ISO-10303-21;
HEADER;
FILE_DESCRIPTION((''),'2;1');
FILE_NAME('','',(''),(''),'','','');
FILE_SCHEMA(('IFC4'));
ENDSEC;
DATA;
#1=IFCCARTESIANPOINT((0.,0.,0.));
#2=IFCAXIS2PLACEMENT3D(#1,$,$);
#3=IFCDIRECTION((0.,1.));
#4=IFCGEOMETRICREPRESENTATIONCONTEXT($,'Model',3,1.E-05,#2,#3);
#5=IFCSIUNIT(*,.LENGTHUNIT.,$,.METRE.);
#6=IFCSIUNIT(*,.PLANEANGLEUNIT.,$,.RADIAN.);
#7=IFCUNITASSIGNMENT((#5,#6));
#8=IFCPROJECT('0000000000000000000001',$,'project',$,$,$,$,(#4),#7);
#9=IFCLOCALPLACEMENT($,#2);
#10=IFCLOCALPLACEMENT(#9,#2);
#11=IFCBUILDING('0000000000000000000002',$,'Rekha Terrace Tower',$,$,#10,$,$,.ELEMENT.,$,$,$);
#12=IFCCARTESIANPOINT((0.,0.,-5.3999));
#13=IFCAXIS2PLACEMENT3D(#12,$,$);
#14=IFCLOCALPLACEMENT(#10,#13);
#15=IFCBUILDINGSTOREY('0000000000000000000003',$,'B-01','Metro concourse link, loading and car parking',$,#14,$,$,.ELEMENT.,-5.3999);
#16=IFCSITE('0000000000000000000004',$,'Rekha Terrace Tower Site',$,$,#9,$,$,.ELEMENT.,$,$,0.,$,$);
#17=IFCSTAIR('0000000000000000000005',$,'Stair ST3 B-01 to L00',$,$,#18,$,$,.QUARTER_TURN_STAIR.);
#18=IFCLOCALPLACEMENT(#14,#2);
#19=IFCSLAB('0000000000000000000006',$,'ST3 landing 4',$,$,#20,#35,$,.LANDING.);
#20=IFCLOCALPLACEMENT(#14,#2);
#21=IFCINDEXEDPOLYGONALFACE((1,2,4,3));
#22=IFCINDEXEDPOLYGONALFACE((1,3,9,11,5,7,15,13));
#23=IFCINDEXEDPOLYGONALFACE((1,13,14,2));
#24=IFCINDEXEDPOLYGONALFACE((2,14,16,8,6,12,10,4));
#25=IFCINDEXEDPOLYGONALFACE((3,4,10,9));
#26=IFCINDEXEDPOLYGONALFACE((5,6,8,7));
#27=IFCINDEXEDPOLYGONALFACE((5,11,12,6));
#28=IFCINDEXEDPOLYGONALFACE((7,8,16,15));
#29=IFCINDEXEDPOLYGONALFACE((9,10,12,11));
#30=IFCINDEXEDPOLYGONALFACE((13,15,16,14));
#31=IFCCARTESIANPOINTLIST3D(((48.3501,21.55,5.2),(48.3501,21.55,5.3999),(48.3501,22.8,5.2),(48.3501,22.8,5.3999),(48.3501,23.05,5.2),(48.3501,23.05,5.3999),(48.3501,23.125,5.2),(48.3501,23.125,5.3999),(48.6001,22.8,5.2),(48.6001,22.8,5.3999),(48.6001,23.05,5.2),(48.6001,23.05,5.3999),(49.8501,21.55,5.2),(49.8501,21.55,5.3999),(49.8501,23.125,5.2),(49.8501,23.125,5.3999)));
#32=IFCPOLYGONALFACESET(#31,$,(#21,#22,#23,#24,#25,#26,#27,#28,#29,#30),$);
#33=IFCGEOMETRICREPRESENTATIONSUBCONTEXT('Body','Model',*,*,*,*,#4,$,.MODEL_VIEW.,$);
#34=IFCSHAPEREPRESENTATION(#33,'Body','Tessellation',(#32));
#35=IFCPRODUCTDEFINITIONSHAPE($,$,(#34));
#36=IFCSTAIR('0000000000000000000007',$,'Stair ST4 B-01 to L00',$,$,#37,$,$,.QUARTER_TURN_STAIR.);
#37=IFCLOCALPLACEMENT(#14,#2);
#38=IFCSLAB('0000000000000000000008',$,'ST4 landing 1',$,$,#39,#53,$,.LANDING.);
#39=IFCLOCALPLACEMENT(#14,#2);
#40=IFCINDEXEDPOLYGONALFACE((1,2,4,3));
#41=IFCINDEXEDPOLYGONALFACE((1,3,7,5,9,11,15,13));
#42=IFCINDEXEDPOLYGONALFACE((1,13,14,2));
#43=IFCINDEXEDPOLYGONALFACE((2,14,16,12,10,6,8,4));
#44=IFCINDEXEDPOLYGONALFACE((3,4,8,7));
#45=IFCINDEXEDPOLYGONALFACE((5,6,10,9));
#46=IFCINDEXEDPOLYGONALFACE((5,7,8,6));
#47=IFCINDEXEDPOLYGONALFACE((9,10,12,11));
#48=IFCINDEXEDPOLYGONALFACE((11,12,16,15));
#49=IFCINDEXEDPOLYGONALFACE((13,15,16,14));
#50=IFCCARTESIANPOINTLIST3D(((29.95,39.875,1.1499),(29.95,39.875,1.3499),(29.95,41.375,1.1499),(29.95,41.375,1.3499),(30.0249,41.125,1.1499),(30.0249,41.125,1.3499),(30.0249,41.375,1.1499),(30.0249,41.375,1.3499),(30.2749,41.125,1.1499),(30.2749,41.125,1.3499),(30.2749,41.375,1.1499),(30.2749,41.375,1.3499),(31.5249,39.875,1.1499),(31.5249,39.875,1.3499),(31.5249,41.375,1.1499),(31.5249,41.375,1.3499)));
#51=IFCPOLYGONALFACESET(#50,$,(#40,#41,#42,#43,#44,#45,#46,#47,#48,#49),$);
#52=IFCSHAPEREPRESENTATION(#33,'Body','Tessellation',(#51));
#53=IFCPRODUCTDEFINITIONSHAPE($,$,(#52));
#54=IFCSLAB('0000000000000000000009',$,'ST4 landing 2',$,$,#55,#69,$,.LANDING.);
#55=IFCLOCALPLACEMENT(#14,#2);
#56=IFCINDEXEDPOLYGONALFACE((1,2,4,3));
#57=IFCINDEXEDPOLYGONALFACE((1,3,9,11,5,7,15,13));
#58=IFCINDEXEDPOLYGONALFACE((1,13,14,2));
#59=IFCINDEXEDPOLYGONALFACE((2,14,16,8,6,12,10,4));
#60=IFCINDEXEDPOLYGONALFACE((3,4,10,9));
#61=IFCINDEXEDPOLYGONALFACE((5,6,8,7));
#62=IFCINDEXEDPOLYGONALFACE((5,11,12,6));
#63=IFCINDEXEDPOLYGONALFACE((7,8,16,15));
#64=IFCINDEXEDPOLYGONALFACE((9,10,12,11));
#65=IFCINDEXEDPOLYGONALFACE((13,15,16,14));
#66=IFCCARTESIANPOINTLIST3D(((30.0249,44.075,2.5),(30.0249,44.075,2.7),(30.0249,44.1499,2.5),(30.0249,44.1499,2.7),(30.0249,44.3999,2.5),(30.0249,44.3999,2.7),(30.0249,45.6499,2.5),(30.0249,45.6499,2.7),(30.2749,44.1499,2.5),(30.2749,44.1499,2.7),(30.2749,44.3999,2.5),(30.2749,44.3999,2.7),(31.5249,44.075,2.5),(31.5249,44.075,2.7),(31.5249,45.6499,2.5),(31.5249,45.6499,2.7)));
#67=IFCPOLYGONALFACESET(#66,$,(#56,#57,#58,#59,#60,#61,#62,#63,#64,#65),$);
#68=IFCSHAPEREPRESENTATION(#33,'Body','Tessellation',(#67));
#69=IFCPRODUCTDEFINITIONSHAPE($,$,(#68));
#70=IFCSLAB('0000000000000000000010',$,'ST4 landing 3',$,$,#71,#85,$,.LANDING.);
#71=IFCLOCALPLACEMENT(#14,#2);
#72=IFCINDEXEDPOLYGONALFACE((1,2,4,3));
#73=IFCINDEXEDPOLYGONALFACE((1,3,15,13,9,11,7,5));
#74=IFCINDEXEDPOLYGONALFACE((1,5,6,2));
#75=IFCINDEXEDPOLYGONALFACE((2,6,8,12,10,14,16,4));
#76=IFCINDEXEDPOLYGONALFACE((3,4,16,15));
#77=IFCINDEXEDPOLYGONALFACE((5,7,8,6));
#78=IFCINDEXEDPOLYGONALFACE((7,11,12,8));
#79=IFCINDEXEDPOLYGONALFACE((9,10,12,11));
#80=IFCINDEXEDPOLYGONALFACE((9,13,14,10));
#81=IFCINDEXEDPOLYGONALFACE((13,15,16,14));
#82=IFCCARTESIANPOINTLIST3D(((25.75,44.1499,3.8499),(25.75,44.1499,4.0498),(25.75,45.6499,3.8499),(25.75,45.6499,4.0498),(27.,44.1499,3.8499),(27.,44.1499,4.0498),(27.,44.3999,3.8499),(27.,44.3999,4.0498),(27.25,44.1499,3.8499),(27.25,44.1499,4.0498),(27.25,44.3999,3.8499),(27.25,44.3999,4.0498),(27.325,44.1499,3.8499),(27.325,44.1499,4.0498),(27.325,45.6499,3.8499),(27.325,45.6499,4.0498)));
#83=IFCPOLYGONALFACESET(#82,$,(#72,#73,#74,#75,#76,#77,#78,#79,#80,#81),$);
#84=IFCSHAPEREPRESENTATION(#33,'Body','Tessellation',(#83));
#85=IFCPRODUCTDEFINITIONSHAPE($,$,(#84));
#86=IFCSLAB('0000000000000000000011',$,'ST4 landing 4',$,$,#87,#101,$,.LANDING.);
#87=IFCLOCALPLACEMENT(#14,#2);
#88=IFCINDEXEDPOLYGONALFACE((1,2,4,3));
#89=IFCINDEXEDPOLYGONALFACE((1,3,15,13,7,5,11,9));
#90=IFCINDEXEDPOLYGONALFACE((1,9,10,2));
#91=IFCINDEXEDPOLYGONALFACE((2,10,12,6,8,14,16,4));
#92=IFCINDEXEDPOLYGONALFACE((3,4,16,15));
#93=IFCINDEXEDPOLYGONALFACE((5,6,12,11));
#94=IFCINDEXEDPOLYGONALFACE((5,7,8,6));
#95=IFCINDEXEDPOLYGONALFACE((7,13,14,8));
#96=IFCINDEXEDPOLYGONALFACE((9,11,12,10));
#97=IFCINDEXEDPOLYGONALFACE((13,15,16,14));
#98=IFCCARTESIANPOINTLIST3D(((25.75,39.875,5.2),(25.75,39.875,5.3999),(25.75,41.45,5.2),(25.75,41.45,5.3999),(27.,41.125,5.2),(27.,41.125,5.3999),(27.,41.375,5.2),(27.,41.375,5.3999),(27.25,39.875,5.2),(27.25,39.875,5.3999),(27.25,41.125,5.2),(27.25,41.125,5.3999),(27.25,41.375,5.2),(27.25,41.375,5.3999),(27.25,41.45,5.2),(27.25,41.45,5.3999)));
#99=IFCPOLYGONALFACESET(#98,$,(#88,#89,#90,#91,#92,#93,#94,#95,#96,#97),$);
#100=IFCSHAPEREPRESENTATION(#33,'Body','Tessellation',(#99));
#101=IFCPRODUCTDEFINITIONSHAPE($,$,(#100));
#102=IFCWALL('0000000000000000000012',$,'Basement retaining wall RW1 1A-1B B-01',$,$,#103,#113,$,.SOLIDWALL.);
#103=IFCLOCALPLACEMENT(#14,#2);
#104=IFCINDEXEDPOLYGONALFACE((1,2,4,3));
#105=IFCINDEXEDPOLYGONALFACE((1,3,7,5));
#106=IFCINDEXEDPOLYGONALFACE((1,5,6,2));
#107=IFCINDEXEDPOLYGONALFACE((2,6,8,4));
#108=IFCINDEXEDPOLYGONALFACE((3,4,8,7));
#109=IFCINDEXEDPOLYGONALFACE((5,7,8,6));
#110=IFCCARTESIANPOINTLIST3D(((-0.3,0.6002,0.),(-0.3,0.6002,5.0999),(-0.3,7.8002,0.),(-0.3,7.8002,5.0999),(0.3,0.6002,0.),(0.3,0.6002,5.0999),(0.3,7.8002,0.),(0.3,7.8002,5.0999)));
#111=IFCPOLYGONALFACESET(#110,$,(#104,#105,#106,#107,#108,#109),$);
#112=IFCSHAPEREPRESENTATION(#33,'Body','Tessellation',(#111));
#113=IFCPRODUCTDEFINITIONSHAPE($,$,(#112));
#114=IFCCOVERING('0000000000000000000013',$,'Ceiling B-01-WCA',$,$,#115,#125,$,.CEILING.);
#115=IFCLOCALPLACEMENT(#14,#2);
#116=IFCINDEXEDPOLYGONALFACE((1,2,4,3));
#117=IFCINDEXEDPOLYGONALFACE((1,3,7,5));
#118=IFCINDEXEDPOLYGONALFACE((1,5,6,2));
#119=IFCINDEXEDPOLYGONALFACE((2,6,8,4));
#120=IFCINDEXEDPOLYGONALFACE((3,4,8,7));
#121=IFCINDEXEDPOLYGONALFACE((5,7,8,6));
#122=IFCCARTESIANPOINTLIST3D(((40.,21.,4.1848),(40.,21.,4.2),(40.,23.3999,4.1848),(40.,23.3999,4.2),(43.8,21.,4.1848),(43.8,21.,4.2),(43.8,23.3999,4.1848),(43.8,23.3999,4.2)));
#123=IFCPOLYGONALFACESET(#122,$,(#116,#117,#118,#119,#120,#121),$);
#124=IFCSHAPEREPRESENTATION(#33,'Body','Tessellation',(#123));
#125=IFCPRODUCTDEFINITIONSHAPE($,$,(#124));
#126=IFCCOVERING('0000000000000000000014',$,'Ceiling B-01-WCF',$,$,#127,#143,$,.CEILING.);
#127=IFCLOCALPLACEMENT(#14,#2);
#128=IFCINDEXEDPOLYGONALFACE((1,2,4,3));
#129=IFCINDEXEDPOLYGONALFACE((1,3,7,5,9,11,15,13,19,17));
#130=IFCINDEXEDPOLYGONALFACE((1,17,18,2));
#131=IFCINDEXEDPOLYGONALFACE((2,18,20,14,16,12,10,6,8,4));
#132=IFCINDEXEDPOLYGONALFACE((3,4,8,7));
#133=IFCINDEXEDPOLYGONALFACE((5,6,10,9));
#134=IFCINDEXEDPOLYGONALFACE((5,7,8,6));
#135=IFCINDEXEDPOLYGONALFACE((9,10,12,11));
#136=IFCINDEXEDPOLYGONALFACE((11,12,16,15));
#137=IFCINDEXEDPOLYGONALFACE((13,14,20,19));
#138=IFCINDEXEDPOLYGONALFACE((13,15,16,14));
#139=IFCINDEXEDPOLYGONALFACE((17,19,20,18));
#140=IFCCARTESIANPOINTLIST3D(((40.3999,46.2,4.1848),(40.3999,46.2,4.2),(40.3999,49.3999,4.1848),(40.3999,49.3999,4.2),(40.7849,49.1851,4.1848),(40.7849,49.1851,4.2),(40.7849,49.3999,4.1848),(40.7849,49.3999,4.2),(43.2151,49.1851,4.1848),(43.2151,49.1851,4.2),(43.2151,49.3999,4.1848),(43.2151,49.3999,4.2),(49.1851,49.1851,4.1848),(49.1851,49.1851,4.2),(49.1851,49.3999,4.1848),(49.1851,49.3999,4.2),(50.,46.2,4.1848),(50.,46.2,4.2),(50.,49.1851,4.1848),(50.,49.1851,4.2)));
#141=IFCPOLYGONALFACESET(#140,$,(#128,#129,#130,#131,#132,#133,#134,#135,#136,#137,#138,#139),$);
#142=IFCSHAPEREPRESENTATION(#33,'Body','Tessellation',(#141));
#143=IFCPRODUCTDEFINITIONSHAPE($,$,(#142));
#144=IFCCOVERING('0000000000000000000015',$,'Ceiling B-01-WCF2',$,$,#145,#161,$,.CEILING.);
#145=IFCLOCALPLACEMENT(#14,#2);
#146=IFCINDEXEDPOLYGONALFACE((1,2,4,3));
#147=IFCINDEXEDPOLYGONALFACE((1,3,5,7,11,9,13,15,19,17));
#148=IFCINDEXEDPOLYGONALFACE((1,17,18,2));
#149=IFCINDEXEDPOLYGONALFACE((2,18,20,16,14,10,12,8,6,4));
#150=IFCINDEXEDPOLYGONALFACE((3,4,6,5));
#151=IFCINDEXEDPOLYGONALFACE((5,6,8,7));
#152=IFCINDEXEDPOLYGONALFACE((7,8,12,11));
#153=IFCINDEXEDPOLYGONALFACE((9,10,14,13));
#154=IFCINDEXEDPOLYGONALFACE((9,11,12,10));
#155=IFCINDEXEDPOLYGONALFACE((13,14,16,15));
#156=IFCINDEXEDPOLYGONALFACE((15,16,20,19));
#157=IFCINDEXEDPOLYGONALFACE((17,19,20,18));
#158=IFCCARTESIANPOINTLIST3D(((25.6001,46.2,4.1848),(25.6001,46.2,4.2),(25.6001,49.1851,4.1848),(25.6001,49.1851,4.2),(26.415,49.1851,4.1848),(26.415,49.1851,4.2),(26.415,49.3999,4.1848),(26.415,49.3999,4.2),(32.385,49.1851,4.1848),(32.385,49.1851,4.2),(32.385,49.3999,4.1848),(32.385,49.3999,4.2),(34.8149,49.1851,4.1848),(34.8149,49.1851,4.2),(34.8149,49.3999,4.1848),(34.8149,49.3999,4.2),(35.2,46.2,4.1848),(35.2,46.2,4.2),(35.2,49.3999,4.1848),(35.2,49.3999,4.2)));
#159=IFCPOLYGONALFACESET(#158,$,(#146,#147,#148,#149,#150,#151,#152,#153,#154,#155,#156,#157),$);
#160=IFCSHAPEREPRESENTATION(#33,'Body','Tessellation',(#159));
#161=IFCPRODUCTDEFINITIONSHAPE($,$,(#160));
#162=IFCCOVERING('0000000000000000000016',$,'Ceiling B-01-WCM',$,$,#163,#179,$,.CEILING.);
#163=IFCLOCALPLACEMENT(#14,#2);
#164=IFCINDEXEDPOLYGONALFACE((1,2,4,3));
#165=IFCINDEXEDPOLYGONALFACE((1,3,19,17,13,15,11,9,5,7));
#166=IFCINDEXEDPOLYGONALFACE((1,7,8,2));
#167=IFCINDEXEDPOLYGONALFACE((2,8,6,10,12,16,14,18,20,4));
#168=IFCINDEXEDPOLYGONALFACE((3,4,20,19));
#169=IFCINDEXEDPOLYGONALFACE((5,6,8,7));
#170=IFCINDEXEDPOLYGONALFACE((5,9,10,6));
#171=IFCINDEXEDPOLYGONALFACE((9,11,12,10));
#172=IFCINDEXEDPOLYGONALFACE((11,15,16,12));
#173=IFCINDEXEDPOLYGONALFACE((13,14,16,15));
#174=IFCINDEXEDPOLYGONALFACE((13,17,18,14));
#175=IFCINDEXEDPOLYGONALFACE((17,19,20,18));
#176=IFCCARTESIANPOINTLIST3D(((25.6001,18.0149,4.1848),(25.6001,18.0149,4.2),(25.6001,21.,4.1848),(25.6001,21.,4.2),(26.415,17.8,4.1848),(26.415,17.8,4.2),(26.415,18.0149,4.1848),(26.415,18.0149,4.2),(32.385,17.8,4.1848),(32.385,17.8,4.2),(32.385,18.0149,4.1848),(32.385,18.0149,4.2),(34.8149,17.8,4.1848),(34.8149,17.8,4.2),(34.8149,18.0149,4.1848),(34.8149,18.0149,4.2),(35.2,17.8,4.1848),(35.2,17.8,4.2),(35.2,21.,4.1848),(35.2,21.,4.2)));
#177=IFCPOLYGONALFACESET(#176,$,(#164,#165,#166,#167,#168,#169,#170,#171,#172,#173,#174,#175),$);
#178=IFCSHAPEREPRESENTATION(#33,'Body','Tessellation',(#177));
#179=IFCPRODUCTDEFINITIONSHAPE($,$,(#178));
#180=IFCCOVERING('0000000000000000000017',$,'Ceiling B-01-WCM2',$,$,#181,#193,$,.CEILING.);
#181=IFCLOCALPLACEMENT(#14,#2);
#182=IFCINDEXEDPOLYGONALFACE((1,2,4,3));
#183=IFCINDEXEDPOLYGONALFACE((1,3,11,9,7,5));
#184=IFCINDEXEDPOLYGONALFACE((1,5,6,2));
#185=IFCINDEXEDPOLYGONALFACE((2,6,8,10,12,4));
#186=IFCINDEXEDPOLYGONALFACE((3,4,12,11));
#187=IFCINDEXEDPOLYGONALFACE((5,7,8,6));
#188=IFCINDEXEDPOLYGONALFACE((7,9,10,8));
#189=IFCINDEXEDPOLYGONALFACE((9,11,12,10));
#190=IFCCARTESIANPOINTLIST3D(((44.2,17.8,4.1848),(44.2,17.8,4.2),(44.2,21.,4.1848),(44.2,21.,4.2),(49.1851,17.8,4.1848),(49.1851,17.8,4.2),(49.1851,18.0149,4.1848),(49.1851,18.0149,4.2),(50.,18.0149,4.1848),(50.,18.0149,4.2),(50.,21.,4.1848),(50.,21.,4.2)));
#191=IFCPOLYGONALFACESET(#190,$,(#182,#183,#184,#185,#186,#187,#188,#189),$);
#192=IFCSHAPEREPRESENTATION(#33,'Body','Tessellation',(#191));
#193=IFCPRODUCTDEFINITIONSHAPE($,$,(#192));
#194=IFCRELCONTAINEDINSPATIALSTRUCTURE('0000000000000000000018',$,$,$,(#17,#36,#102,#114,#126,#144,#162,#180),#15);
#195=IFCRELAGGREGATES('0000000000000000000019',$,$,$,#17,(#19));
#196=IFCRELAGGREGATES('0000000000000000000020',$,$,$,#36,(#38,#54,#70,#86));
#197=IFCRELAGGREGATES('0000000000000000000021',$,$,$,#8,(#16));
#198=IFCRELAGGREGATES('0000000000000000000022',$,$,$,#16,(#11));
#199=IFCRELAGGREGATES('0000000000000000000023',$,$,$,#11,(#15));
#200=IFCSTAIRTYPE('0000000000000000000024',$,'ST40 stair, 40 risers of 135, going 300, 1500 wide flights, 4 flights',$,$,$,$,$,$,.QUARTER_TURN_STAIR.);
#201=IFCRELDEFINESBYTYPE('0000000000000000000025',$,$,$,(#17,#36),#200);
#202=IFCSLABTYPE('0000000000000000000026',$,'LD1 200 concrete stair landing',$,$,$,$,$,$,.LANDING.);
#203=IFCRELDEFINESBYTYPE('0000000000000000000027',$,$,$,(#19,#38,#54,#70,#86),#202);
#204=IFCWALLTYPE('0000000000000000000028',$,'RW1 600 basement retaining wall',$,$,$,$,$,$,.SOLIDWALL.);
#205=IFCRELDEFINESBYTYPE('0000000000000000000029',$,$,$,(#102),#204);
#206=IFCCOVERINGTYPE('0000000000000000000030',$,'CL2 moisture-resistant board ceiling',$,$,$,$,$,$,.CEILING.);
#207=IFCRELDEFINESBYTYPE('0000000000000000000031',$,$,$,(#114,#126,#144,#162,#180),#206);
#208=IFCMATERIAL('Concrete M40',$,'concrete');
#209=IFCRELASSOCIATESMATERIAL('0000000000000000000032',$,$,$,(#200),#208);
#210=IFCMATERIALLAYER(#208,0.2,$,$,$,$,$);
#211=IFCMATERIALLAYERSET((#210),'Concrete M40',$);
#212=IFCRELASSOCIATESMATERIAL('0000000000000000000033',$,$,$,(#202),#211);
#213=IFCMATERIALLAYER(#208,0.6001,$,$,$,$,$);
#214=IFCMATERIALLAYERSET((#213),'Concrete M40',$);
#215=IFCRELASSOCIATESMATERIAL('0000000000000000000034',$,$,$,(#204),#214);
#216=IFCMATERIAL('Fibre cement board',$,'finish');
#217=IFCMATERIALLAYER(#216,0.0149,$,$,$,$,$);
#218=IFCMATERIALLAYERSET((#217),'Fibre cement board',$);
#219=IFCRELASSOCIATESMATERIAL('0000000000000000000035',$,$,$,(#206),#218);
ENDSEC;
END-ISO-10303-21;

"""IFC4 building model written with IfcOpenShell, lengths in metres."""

from ifc_helpers import new_model, si_unit, direction, frame, frame_2d, origin, place, context, subcontext, project, spatial, polyline, rectangle, outline, extrude, material, layer, layer_set, type_object, element, aggregate, save


model = new_model("IFC4")

# Units and contexts
model_context = context("Model", 3, precision=1e-05, world=origin(), true_north=direction((0.0, 1.0)))
body_context = subcontext(model_context, "Body", "Model", "MODEL_VIEW")
ifc_project = project(units=[si_unit("LENGTHUNIT", "METRE"), si_unit("PLANEANGLEUNIT", "RADIAN")], contexts=[model_context])

# Site, building, storey
site_placement = place(None, origin())
site = spatial("IfcSite", under=ifc_project, at=site_placement, Name="Rekha Terrace Tower Site", CompositionType="ELEMENT", RefElevation=0.0)
building_placement = place(site_placement, origin())
building = spatial("IfcBuilding", under=site, at=building_placement, Name="Rekha Terrace Tower", CompositionType="ELEMENT")
storey_placement = place(building_placement, frame((0.0, 0.0, -5.3999)))
storey = spatial("IfcBuildingStorey", under=building, at=storey_placement, Name="B-01", Description="Metro concourse link, loading and car parking", CompositionType="ELEMENT", Elevation=-5.3999)

# Stairs, slabs
ifc_material_1 = material(Name="Concrete M40", Category="concrete")
stair_type = type_object("IfcStairType", Name="ST40 stair, 40 risers of 135, going 300, 1500 wide flights, 4 flights", PredefinedType="QUARTER_TURN_STAIR", material=ifc_material_1)
ifc_layer_1 = layer(ifc_material_1, 0.2)
ifc_layer_set_1 = layer_set([ifc_layer_1], Name="Concrete M40")
slab_type = type_object("IfcSlabType", Name="LD1 200 concrete stair landing", PredefinedType="LANDING", material=ifc_layer_set_1)
stair_1_placement = place(storey_placement, origin())
stair_1 = element("IfcStair", 1, at=stair_1_placement, inside=storey, type_object=stair_type, Name="Stair ST3 B-01 to L00", PredefinedType="QUARTER_TURN_STAIR")
slab_1_placement = place(storey_placement, frame((0.0, 0.0, 5.2)))
slab_1 = element("IfcSlab", 2, at=slab_1_placement, type_object=slab_type, Name="ST3 landing 4", PredefinedType="LANDING", context=body_context, shape_type="SweptSolid", body=[
    extrude(outline(polyline([(48.3501, 21.55), (49.8501, 21.55), (49.8501, 23.125), (48.3501, 23.125), (48.3501, 23.05), (48.6001, 23.05), (48.6001, 22.8), (48.3501, 22.8), (48.3501, 21.55)])), origin(), (0.0, 0.0, 1.0), 0.2),
])
aggregate(stair_1, [slab_1])
stair_2_placement = place(storey_placement, origin())
stair_2 = element("IfcStair", 3, at=stair_2_placement, inside=storey, type_object=stair_type, Name="Stair ST4 B-01 to L00", PredefinedType="QUARTER_TURN_STAIR")
slab_2_placement = place(storey_placement, frame((0.0, 0.0, 1.1499)))
slab_2 = element("IfcSlab", 4, at=slab_2_placement, type_object=slab_type, Name="ST4 landing 1", PredefinedType="LANDING", context=body_context, shape_type="SweptSolid", body=[
    extrude(outline(polyline([(31.5249, 41.375), (31.5249, 39.875), (29.95, 39.875), (29.95, 41.375), (30.0249, 41.375), (30.0249, 41.125), (30.2749, 41.125), (30.2749, 41.375), (31.5249, 41.375)])), origin(), (0.0, 0.0, 1.0), 0.2),
])
slab_3_placement = place(storey_placement, frame((0.0, 0.0, 2.5)))
slab_3 = element("IfcSlab", 5, at=slab_3_placement, type_object=slab_type, Name="ST4 landing 2", PredefinedType="LANDING", context=body_context, shape_type="SweptSolid", body=[
    extrude(outline(polyline([(30.0249, 45.6499), (31.5249, 45.6499), (31.5249, 44.075), (30.0249, 44.075), (30.0249, 44.1499), (30.2749, 44.1499), (30.2749, 44.3999), (30.0249, 44.3999), (30.0249, 45.6499)])), origin(), (0.0, 0.0, 1.0), 0.2),
])
slab_4_placement = place(storey_placement, frame((0.0, 0.0, 3.8499)))
slab_4 = element("IfcSlab", 6, at=slab_4_placement, type_object=slab_type, Name="ST4 landing 3", PredefinedType="LANDING", context=body_context, shape_type="SweptSolid", body=[
    extrude(outline(polyline([(25.75, 44.1499), (25.75, 45.6499), (27.325, 45.6499), (27.325, 44.1499), (27.25, 44.1499), (27.25, 44.3999), (27.0, 44.3999), (27.0, 44.1499), (25.75, 44.1499)])), origin(), (0.0, 0.0, 1.0), 0.2),
])
slab_5_placement = place(storey_placement, frame((0.0, 0.0, 5.2)))
slab_5 = element("IfcSlab", 7, at=slab_5_placement, type_object=slab_type, Name="ST4 landing 4", PredefinedType="LANDING", context=body_context, shape_type="SweptSolid", body=[
    extrude(outline(polyline([(27.25, 39.875), (25.75, 39.875), (25.75, 41.45), (27.25, 41.45), (27.25, 41.375), (27.0, 41.375), (27.0, 41.125), (27.25, 41.125), (27.25, 39.875)])), origin(), (0.0, 0.0, 1.0), 0.2),
])
aggregate(stair_2, [slab_2, slab_3, slab_4, slab_5])

# Wall
ifc_layer_2 = layer(ifc_material_1, 0.6001)
ifc_layer_set_2 = layer_set([ifc_layer_2], Name="Concrete M40")
wall_type = type_object("IfcWallType", Name="RW1 600 basement retaining wall", PredefinedType="SOLIDWALL", material=ifc_layer_set_2)
wall_placement = place(storey_placement, frame((0.0, 0.6001, 0.0), z_axis=(0.0, 0.0, 1.0), x_axis=(0.0, 1.0, 0.0)))
element("IfcWall", 8, at=wall_placement, inside=storey, type_object=wall_type, Name="Basement retaining wall RW1 1A-1B B-01", PredefinedType="SOLIDWALL", context=body_context, shape_type="SweptSolid", body=[
    extrude(rectangle(XDim=7.2, YDim=0.6001, at=frame_2d((3.6001, 0.0))), origin(), (0.0, 0.0, 1.0), 5.0999),
])

# Coverings
ifc_material_2 = material(Name="Fibre cement board", Category="finish")
ifc_layer_3 = layer(ifc_material_2, 0.0149)
ifc_layer_set_3 = layer_set([ifc_layer_3], Name="Fibre cement board")
covering_type = type_object("IfcCoveringType", Name="CL2 moisture-resistant board ceiling", PredefinedType="CEILING", material=ifc_layer_set_3)
covering_1_placement = place(storey_placement, frame((0.0, 0.0, 4.1848)))
element("IfcCovering", 9, at=covering_1_placement, inside=storey, type_object=covering_type, Name="Ceiling B-01-WCA", PredefinedType="CEILING", context=body_context, shape_type="SweptSolid", body=[
    extrude(outline(polyline([(43.8, 23.3999), (40.0, 23.3999), (40.0, 21.0), (43.8, 21.0), (43.8, 23.3999)])), origin(), (0.0, 0.0, 1.0), 0.0151),
])
covering_2_placement = place(storey_placement, frame((0.0, 0.0, 4.1848)))
element("IfcCovering", 10, at=covering_2_placement, inside=storey, type_object=covering_type, Name="Ceiling B-01-WCF", PredefinedType="CEILING", context=body_context, shape_type="SweptSolid", body=[
    extrude(outline(polyline([(40.7849, 49.3999), (40.3999, 49.3999), (40.3999, 46.2), (50.0, 46.2), (50.0, 49.1851), (49.1851, 49.1851), (49.1851, 49.3999), (43.2151, 49.3999), (43.2151, 49.1851), (40.7849, 49.1851), (40.7849, 49.3999)])), origin(), (0.0, 0.0, 1.0), 0.0151),
])
covering_3_placement = place(storey_placement, frame((0.0, 0.0, 4.1848)))
element("IfcCovering", 11, at=covering_3_placement, inside=storey, type_object=covering_type, Name="Ceiling B-01-WCF2", PredefinedType="CEILING", context=body_context, shape_type="SweptSolid", body=[
    extrude(outline(polyline([(26.415, 49.1851), (25.6001, 49.1851), (25.6001, 46.2), (35.2, 46.2), (35.2, 49.3999), (34.8149, 49.3999), (34.8149, 49.1851), (32.385, 49.1851), (32.385, 49.3999), (26.415, 49.3999), (26.415, 49.1851)])), origin(), (0.0, 0.0, 1.0), 0.0151),
])
covering_4_placement = place(storey_placement, frame((0.0, 0.0, 4.1848)))
element("IfcCovering", 12, at=covering_4_placement, inside=storey, type_object=covering_type, Name="Ceiling B-01-WCM", PredefinedType="CEILING", context=body_context, shape_type="SweptSolid", body=[
    extrude(outline(polyline([(35.2, 21.0), (25.6001, 21.0), (25.6001, 18.0149), (26.415, 18.0149), (26.415, 17.8), (32.385, 17.8), (32.385, 18.0149), (34.8149, 18.0149), (34.8149, 17.8), (35.2, 17.8), (35.2, 21.0)])), origin(), (0.0, 0.0, 1.0), 0.0151),
])
covering_5_placement = place(storey_placement, frame((0.0, 0.0, 4.1848)))
element("IfcCovering", 13, at=covering_5_placement, inside=storey, type_object=covering_type, Name="Ceiling B-01-WCM2", PredefinedType="CEILING", context=body_context, shape_type="SweptSolid", body=[
    extrude(outline(polyline([(50.0, 21.0), (44.2, 21.0), (44.2, 17.8), (49.1851, 17.8), (49.1851, 18.0149), (50.0, 18.0149), (50.0, 21.0)])), origin(), (0.0, 0.0, 1.0), 0.0151),
])

save(model, "model.ifc")
